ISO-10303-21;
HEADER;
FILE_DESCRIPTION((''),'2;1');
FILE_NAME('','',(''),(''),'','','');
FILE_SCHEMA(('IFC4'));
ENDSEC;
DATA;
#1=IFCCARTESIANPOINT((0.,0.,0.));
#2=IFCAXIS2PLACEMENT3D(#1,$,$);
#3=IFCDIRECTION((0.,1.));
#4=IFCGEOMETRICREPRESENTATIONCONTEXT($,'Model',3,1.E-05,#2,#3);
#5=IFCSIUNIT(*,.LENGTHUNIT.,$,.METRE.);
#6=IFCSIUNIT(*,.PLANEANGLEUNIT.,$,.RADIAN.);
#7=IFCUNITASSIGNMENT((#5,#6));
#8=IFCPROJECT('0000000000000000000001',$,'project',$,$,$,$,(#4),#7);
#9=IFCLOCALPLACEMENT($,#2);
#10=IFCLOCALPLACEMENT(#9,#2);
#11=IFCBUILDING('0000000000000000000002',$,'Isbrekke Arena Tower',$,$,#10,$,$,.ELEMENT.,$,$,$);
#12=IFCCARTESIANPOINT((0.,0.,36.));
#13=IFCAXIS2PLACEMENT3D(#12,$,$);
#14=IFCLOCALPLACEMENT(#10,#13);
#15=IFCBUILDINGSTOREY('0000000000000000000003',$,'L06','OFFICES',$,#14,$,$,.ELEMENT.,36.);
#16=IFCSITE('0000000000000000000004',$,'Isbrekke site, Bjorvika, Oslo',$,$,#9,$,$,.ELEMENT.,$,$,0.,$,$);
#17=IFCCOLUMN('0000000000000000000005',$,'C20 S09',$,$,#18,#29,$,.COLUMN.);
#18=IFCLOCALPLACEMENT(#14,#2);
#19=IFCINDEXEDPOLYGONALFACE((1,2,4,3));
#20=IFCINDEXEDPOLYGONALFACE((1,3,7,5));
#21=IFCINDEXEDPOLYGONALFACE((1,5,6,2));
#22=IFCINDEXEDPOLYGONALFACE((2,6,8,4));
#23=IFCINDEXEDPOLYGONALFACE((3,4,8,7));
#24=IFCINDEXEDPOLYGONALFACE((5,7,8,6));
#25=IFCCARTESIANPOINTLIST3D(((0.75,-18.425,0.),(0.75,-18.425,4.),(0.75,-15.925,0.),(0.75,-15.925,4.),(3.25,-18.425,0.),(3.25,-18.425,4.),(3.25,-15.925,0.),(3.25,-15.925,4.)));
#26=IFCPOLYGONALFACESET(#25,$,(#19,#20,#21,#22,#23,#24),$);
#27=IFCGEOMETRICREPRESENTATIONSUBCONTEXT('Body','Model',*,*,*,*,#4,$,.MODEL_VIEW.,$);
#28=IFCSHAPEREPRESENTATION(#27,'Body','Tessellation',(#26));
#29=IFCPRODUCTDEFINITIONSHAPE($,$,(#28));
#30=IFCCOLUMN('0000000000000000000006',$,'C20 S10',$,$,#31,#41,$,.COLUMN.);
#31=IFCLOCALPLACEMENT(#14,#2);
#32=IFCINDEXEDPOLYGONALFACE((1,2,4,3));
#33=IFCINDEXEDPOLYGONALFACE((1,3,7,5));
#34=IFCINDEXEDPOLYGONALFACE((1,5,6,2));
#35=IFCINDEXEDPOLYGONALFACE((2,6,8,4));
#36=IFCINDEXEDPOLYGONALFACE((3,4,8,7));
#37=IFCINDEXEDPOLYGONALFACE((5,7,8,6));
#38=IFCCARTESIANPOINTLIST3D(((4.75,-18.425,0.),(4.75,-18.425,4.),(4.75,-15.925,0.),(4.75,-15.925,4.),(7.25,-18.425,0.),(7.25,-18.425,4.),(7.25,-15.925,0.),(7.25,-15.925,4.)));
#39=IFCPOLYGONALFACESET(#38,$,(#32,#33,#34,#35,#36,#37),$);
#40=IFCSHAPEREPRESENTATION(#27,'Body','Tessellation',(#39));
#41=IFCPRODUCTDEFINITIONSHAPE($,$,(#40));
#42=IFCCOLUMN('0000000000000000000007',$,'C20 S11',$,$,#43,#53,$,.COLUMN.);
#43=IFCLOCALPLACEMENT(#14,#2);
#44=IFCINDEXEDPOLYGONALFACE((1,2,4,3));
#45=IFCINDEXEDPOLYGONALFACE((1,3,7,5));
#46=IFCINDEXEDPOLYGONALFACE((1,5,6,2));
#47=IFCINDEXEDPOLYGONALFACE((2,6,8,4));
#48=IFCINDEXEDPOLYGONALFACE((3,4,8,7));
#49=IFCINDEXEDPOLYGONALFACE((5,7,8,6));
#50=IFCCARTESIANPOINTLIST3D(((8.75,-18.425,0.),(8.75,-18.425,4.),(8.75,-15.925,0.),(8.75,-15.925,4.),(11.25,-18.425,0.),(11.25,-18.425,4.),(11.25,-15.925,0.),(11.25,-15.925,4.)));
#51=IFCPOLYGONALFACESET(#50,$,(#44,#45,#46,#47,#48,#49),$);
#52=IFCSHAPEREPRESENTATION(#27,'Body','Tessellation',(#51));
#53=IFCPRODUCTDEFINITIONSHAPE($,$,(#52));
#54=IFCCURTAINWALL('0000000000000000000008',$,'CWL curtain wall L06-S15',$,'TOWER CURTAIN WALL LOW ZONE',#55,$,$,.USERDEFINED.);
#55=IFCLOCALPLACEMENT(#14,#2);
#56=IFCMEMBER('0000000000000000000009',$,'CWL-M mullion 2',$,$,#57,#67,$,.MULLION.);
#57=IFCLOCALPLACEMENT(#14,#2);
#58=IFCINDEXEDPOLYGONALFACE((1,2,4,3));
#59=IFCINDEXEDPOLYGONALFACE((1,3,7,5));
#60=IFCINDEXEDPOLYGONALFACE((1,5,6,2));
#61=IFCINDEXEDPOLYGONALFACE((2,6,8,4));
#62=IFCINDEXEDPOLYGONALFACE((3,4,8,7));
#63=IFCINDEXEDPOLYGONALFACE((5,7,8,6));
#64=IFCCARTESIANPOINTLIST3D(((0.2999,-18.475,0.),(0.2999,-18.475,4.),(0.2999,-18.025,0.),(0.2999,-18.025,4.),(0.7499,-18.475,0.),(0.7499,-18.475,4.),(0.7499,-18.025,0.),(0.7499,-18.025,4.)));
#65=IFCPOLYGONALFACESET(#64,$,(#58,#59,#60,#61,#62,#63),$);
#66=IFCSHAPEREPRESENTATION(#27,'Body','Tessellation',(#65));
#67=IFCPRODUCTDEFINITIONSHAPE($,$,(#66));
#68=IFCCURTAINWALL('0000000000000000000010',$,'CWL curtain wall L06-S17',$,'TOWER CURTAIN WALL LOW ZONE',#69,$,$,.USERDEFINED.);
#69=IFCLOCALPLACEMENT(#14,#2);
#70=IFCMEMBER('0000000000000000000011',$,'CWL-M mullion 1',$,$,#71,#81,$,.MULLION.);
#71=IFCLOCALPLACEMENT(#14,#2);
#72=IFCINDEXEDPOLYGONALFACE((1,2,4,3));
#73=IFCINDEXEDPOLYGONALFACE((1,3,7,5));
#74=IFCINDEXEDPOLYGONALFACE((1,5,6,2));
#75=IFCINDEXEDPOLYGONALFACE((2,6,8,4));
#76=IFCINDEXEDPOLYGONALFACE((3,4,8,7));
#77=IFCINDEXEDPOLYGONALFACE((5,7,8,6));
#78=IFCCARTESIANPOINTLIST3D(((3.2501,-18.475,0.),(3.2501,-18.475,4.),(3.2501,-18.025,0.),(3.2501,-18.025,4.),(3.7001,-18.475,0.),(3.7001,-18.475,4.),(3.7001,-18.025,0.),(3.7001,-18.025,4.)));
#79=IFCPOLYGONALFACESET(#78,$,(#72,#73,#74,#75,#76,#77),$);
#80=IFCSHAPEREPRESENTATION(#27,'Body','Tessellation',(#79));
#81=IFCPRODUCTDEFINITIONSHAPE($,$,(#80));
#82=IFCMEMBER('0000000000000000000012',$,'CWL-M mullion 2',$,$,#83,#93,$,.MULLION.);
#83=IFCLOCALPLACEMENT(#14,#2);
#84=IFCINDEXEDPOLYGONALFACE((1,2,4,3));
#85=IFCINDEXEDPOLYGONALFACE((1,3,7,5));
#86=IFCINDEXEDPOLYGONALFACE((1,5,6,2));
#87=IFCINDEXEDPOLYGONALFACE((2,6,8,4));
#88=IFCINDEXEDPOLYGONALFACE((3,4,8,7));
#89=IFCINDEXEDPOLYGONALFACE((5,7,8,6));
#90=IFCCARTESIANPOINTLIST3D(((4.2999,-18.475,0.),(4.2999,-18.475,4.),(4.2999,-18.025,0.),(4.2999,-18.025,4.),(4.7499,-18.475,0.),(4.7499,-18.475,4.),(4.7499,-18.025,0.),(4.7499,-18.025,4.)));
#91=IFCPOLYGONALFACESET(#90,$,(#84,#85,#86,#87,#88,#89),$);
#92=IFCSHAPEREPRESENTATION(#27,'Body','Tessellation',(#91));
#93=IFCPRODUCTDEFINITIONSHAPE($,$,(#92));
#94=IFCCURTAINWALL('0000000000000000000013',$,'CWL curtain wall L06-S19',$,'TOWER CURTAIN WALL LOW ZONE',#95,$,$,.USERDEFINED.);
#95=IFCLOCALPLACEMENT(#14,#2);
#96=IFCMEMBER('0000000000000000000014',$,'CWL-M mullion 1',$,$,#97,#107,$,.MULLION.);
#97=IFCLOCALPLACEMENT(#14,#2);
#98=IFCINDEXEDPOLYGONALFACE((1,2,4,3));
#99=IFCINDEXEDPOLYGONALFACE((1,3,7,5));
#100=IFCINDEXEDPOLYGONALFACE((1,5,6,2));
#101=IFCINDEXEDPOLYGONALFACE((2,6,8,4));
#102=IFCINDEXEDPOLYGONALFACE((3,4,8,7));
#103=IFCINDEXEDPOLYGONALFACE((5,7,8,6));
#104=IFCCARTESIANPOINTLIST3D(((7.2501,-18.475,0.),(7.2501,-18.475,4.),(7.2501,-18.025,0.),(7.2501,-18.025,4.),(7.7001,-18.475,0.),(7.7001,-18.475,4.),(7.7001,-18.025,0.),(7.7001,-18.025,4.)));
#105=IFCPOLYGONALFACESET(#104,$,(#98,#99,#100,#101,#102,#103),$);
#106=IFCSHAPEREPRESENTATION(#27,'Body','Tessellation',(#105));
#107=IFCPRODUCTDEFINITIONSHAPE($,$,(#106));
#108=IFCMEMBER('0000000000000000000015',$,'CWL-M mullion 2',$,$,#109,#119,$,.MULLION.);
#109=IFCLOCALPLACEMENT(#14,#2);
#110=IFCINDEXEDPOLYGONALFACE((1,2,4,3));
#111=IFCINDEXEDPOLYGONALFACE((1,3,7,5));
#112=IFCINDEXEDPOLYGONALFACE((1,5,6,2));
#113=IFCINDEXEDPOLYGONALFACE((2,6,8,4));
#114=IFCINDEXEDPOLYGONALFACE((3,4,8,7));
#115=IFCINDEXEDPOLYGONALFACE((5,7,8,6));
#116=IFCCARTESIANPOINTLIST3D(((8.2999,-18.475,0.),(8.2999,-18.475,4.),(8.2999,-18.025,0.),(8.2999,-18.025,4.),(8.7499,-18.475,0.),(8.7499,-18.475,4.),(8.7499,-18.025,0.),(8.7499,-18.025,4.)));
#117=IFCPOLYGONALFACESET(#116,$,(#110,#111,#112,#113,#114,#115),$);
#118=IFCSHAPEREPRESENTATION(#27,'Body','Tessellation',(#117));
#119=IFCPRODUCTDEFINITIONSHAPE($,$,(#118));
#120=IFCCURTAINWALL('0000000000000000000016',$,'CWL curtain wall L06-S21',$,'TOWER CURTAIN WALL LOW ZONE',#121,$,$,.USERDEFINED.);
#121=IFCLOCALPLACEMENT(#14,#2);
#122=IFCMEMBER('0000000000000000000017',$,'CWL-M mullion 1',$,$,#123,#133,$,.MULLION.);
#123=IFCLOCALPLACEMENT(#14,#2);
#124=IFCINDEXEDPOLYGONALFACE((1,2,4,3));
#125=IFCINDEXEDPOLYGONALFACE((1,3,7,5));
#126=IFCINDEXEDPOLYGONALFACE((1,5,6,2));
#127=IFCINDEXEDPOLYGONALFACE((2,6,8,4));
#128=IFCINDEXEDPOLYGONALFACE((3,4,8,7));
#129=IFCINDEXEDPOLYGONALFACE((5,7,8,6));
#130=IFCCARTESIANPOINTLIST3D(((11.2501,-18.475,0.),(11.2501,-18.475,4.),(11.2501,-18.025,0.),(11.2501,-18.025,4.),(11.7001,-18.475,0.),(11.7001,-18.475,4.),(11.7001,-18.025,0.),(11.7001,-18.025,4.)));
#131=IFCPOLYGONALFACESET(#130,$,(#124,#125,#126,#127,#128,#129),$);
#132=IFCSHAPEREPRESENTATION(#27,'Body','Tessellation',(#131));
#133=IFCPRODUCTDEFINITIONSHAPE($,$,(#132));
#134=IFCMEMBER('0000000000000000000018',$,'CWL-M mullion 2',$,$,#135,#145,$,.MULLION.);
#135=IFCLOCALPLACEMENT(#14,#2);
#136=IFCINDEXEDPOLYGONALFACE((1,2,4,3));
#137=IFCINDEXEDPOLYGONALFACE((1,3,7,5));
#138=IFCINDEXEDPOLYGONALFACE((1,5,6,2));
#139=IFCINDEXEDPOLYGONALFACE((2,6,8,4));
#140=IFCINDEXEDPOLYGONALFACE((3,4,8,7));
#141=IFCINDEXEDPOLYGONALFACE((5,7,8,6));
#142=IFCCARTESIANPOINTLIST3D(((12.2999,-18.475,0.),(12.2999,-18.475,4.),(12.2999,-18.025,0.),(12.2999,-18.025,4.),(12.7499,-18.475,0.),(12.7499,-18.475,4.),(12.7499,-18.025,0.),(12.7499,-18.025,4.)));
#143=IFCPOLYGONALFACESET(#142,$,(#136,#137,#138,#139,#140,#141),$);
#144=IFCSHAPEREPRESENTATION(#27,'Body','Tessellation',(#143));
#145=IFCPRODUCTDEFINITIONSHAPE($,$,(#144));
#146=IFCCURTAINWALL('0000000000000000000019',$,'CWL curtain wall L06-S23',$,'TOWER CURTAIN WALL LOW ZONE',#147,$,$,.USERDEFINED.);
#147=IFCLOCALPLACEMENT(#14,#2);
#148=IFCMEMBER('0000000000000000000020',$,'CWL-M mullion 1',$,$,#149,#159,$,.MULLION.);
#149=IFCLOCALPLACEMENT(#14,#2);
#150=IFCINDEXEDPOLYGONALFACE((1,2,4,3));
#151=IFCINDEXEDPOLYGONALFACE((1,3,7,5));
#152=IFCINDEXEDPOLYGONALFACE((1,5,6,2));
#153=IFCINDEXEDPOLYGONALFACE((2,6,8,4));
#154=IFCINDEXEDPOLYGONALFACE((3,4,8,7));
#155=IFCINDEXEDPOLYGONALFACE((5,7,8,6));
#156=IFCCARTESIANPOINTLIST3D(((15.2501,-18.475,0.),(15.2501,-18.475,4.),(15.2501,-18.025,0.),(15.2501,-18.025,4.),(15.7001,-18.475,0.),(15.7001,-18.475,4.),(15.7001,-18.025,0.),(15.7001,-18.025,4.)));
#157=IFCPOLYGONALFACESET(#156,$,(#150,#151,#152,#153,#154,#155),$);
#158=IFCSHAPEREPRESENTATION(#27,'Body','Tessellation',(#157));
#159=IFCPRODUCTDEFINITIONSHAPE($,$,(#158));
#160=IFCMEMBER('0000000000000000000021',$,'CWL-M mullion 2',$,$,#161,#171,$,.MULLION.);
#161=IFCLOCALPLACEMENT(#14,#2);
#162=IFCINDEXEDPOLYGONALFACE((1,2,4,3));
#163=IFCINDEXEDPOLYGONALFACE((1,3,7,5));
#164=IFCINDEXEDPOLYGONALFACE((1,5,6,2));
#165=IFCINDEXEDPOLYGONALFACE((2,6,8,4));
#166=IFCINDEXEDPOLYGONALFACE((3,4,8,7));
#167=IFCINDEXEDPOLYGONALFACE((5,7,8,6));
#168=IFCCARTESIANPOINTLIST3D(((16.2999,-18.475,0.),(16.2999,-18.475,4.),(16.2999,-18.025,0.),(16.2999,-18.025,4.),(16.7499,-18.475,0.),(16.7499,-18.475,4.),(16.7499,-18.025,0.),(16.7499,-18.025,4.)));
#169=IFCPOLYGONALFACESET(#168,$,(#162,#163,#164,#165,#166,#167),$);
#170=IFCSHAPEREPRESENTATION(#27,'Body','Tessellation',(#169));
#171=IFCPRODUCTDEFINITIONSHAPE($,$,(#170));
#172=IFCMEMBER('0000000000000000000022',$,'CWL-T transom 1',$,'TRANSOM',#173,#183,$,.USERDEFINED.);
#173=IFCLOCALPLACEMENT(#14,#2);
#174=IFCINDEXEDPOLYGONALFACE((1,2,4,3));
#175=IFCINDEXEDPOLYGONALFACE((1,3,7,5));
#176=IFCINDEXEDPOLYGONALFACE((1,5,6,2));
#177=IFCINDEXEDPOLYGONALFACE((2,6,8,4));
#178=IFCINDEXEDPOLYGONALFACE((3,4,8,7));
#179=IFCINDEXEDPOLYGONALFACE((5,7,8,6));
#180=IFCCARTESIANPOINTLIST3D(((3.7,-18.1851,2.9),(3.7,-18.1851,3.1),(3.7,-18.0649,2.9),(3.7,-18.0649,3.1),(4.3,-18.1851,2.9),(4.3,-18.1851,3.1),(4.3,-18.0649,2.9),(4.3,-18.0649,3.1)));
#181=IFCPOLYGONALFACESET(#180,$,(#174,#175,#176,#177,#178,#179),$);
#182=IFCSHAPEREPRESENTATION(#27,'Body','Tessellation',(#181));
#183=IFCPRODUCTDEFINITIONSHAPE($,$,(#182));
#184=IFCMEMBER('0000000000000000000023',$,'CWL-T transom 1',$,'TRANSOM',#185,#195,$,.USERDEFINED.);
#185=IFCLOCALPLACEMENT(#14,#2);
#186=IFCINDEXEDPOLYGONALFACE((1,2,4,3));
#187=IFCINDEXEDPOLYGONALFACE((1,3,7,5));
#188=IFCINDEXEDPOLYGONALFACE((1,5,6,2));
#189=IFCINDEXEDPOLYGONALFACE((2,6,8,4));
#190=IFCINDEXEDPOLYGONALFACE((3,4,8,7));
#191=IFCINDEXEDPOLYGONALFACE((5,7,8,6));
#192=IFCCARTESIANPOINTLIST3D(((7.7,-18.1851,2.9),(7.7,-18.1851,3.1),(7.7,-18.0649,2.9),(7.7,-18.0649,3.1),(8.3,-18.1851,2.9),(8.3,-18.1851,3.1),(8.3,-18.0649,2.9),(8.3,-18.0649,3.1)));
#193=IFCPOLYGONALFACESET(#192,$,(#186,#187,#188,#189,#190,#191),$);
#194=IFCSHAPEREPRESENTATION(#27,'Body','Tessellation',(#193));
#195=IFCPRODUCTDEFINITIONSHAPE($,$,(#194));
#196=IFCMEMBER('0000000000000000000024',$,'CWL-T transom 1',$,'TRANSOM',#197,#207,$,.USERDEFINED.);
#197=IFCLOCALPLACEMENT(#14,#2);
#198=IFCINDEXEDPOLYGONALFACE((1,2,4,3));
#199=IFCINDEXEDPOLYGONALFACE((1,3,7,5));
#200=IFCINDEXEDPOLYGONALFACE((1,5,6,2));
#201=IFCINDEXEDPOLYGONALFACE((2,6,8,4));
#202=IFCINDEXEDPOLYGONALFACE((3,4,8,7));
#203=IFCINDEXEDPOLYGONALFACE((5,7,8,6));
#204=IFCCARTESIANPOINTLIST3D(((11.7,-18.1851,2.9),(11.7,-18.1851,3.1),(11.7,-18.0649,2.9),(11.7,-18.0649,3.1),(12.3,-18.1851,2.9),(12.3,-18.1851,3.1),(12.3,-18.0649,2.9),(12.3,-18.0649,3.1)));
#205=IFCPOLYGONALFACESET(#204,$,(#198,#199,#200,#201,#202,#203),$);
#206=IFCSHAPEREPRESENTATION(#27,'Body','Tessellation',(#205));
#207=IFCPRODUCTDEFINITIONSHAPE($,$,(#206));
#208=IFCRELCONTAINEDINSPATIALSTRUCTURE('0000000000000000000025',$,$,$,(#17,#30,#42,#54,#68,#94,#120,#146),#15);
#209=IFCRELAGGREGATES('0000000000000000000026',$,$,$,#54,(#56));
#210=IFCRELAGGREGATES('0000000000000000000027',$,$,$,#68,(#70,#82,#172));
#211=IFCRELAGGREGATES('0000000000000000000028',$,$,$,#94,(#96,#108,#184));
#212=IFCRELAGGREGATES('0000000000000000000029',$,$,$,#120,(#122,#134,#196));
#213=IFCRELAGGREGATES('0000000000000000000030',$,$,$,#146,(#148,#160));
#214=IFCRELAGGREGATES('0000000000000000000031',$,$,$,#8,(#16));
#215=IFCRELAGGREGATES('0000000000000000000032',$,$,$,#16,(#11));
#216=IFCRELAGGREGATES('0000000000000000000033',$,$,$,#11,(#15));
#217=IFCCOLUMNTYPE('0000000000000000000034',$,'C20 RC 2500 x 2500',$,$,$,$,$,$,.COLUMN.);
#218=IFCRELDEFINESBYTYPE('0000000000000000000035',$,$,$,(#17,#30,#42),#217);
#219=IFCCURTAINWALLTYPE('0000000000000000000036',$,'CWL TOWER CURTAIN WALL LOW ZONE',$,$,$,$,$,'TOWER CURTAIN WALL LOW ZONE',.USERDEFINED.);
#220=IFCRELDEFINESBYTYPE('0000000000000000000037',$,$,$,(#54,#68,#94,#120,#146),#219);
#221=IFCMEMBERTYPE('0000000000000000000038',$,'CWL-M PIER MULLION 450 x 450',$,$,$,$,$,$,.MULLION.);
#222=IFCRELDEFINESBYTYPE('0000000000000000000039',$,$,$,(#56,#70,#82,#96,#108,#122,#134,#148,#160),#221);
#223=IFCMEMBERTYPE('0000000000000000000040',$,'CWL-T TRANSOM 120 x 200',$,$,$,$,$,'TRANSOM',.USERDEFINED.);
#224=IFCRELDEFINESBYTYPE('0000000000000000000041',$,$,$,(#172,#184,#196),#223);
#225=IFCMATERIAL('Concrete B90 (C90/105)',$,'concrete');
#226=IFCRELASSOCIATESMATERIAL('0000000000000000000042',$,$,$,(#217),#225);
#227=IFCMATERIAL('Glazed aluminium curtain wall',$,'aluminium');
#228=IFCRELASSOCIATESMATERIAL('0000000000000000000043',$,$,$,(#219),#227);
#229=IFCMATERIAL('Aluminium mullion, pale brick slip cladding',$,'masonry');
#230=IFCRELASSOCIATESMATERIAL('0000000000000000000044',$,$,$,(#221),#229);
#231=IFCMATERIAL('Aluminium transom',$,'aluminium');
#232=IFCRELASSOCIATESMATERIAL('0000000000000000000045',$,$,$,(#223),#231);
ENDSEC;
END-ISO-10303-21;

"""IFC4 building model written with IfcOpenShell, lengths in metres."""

from ifc_helpers import new_model, si_unit, direction, frame, origin, origin_2d, place, context, subcontext, project, spatial, rectangle, extrude, material, material_profile, profile_set, type_object, element, aggregate, save


model = new_model("IFC4")

# Units and contexts
model_context = context("Model", 3, precision=1e-05, world=origin(), true_north=direction((0.0, 1.0)))
body_context = subcontext(model_context, "Body", "Model", "MODEL_VIEW")
ifc_project = project(units=[si_unit("LENGTHUNIT", "METRE"), si_unit("PLANEANGLEUNIT", "RADIAN")], contexts=[model_context])

# Site, building, storey
site_placement = place(None, origin())
site = spatial("IfcSite", under=ifc_project, at=site_placement, Name="Isbrekke site, Bjorvika, Oslo", CompositionType="ELEMENT", RefElevation=0.0)
building_placement = place(site_placement, origin())
building = spatial("IfcBuilding", under=site, at=building_placement, Name="Isbrekke Arena Tower", CompositionType="ELEMENT")
storey_placement = place(building_placement, frame((0.0, 0.0, 36.0)))
storey = spatial("IfcBuildingStorey", under=building, at=storey_placement, Name="L06", Description="OFFICES", CompositionType="ELEMENT", Elevation=36.0)

# Columns
ifc_material_1 = material(Name="Concrete B90 (C90/105)", Category="concrete")
ifc_material_profile_1 = material_profile(ifc_material_1, rectangle(XDim=2.5, YDim=2.5, at=origin_2d()), Name="RC 2500x2500")
ifc_profile_set_1 = profile_set([ifc_material_profile_1], Name="Concrete B90 (C90/105)")
column_type = type_object("IfcColumnType", Name="C20 RC 2500 x 2500", PredefinedType="COLUMN", material=ifc_profile_set_1)
for number, where, z_axis, x_axis, name in (
    (1, (2.0, -17.175, 0.0), (0.0, 0.0, 1.0), (1.0, 0.0, 0.0), "C20 S09"),
    (2, (6.0, -17.175, 0.0), (0.0, 0.0, 1.0), (1.0, 0.0, 0.0), "C20 S10"),
    (3, (10.0, -17.175, 0.0), (0.0, 0.0, 1.0), (1.0, 0.0, 0.0), "C20 S11"),
):
    element("IfcColumn", number, at=place(storey_placement, frame(where, z_axis=z_axis, x_axis=x_axis)), inside=storey, type_object=column_type, Name=name, PredefinedType="COLUMN", context=body_context, shape_type="SweptSolid", body=[
        extrude(rectangle(XDim=2.5, YDim=2.5, at=origin_2d()), origin(), (0.0, 0.0, 1.0), 4.0),
    ])

# Curtain wall, member
ifc_material_2 = material(Name="Glazed aluminium curtain wall", Category="aluminium")
curtain_wall_type = type_object("IfcCurtainWallType", Name="CWL TOWER CURTAIN WALL LOW ZONE", ElementType="TOWER CURTAIN WALL LOW ZONE", PredefinedType="USERDEFINED", material=ifc_material_2)
curtain_wall_1_placement = place(storey_placement, origin())
curtain_wall_1 = element("IfcCurtainWall", 4, at=curtain_wall_1_placement, inside=storey, type_object=curtain_wall_type, Name="CWL curtain wall L06-S15", ObjectType="TOWER CURTAIN WALL LOW ZONE", PredefinedType="USERDEFINED")
ifc_material_3 = material(Name="Aluminium mullion, pale brick slip cladding", Category="masonry")
ifc_material_profile_2 = material_profile(ifc_material_3, rectangle(XDim=0.45, YDim=0.45, at=origin_2d()), Name="PIER 450X450")
ifc_profile_set_2 = profile_set([ifc_material_profile_2], Name="Aluminium mullion, pale brick slip cladding")
member_type_1 = type_object("IfcMemberType", Name="CWL-M PIER MULLION 450 x 450", PredefinedType="MULLION", material=ifc_profile_set_2)
member_1_placement = place(storey_placement, frame((0.5249, -18.25, 0.0), z_axis=(0.0, 0.0, 1.0), x_axis=(1.0, 0.0, 0.0)))
member_1 = element("IfcMember", 5, at=member_1_placement, type_object=member_type_1, Name="CWL-M mullion 2", PredefinedType="MULLION", context=body_context, shape_type="SweptSolid", body=[
    extrude(rectangle(XDim=0.45, YDim=0.45, at=origin_2d()), origin(), (0.0, 0.0, 1.0), 4.0),
])

# Curtain walls, members
curtain_wall_2_placement = place(storey_placement, origin())
curtain_wall_2 = element("IfcCurtainWall", 6, at=curtain_wall_2_placement, inside=storey, type_object=curtain_wall_type, Name="CWL curtain wall L06-S17", ObjectType="TOWER CURTAIN WALL LOW ZONE", PredefinedType="USERDEFINED")
member_2_placement = place(storey_placement, frame((3.4751, -18.25, 0.0), z_axis=(0.0, 0.0, 1.0), x_axis=(1.0, 0.0, 0.0)))
member_2 = element("IfcMember", 7, at=member_2_placement, type_object=member_type_1, Name="CWL-M mullion 1", PredefinedType="MULLION", context=body_context, shape_type="SweptSolid", body=[
    extrude(rectangle(XDim=0.45, YDim=0.45, at=origin_2d()), origin(), (0.0, 0.0, 1.0), 4.0),
])
member_3_placement = place(storey_placement, frame((4.5249, -18.25, 0.0), z_axis=(0.0, 0.0, 1.0), x_axis=(1.0, 0.0, 0.0)))
member_3 = element("IfcMember", 8, at=member_3_placement, type_object=member_type_1, Name="CWL-M mullion 2", PredefinedType="MULLION", context=body_context, shape_type="SweptSolid", body=[
    extrude(rectangle(XDim=0.45, YDim=0.45, at=origin_2d()), origin(), (0.0, 0.0, 1.0), 4.0),
])
curtain_wall_3_placement = place(storey_placement, origin())
curtain_wall_3 = element("IfcCurtainWall", 9, at=curtain_wall_3_placement, inside=storey, type_object=curtain_wall_type, Name="CWL curtain wall L06-S19", ObjectType="TOWER CURTAIN WALL LOW ZONE", PredefinedType="USERDEFINED")
member_4_placement = place(storey_placement, frame((7.4751, -18.25, 0.0), z_axis=(0.0, 0.0, 1.0), x_axis=(1.0, 0.0, 0.0)))
member_4 = element("IfcMember", 10, at=member_4_placement, type_object=member_type_1, Name="CWL-M mullion 1", PredefinedType="MULLION", context=body_context, shape_type="SweptSolid", body=[
    extrude(rectangle(XDim=0.45, YDim=0.45, at=origin_2d()), origin(), (0.0, 0.0, 1.0), 4.0),
])
member_5_placement = place(storey_placement, frame((8.5249, -18.25, 0.0), z_axis=(0.0, 0.0, 1.0), x_axis=(1.0, 0.0, 0.0)))
member_5 = element("IfcMember", 11, at=member_5_placement, type_object=member_type_1, Name="CWL-M mullion 2", PredefinedType="MULLION", context=body_context, shape_type="SweptSolid", body=[
    extrude(rectangle(XDim=0.45, YDim=0.45, at=origin_2d()), origin(), (0.0, 0.0, 1.0), 4.0),
])
curtain_wall_4_placement = place(storey_placement, origin())
curtain_wall_4 = element("IfcCurtainWall", 12, at=curtain_wall_4_placement, inside=storey, type_object=curtain_wall_type, Name="CWL curtain wall L06-S21", ObjectType="TOWER CURTAIN WALL LOW ZONE", PredefinedType="USERDEFINED")
member_6_placement = place(storey_placement, frame((11.4751, -18.25, 0.0), z_axis=(0.0, 0.0, 1.0), x_axis=(1.0, 0.0, 0.0)))
member_6 = element("IfcMember", 13, at=member_6_placement, type_object=member_type_1, Name="CWL-M mullion 1", PredefinedType="MULLION", context=body_context, shape_type="SweptSolid", body=[
    extrude(rectangle(XDim=0.45, YDim=0.45, at=origin_2d()), origin(), (0.0, 0.0, 1.0), 4.0),
])
member_7_placement = place(storey_placement, frame((12.5249, -18.25, 0.0), z_axis=(0.0, 0.0, 1.0), x_axis=(1.0, 0.0, 0.0)))
member_7 = element("IfcMember", 14, at=member_7_placement, type_object=member_type_1, Name="CWL-M mullion 2", PredefinedType="MULLION", context=body_context, shape_type="SweptSolid", body=[
    extrude(rectangle(XDim=0.45, YDim=0.45, at=origin_2d()), origin(), (0.0, 0.0, 1.0), 4.0),
])
curtain_wall_5_placement = place(storey_placement, origin())
curtain_wall_5 = element("IfcCurtainWall", 15, at=curtain_wall_5_placement, inside=storey, type_object=curtain_wall_type, Name="CWL curtain wall L06-S23", ObjectType="TOWER CURTAIN WALL LOW ZONE", PredefinedType="USERDEFINED")
member_8_placement = place(storey_placement, frame((15.4751, -18.25, 0.0), z_axis=(0.0, 0.0, 1.0), x_axis=(1.0, 0.0, 0.0)))
member_8 = element("IfcMember", 16, at=member_8_placement, type_object=member_type_1, Name="CWL-M mullion 1", PredefinedType="MULLION", context=body_context, shape_type="SweptSolid", body=[
    extrude(rectangle(XDim=0.45, YDim=0.45, at=origin_2d()), origin(), (0.0, 0.0, 1.0), 4.0),
])
member_9_placement = place(storey_placement, frame((16.5249, -18.25, 0.0), z_axis=(0.0, 0.0, 1.0), x_axis=(1.0, 0.0, 0.0)))
member_9 = element("IfcMember", 17, at=member_9_placement, type_object=member_type_1, Name="CWL-M mullion 2", PredefinedType="MULLION", context=body_context, shape_type="SweptSolid", body=[
    extrude(rectangle(XDim=0.45, YDim=0.45, at=origin_2d()), origin(), (0.0, 0.0, 1.0), 4.0),
])

# Members
ifc_material_4 = material(Name="Aluminium transom", Category="aluminium")
ifc_material_profile_3 = material_profile(ifc_material_4, rectangle(XDim=0.1201, YDim=0.2, at=origin_2d()), Name="TRANSOM 120X200")
ifc_profile_set_3 = profile_set([ifc_material_profile_3], Name="Aluminium transom")
member_type_2 = type_object("IfcMemberType", Name="CWL-T TRANSOM 120 x 200", ElementType="TRANSOM", PredefinedType="USERDEFINED", material=ifc_profile_set_3)
member_10_placement = place(storey_placement, frame((3.7, -18.125, 3.0), z_axis=(1.0, 0.0, 0.0), x_axis=(0.0, 1.0, 0.0)))
member_10 = element("IfcMember", 18, at=member_10_placement, type_object=member_type_2, Name="CWL-T transom 1", ObjectType="TRANSOM", PredefinedType="USERDEFINED", context=body_context, shape_type="SweptSolid", body=[
    extrude(rectangle(XDim=0.1201, YDim=0.2, at=origin_2d()), origin(), (0.0, 0.0, 1.0), 0.6001),
])
member_11_placement = place(storey_placement, frame((7.7, -18.125, 3.0), z_axis=(1.0, 0.0, 0.0), x_axis=(0.0, 1.0, 0.0)))
member_11 = element("IfcMember", 19, at=member_11_placement, type_object=member_type_2, Name="CWL-T transom 1", ObjectType="TRANSOM", PredefinedType="USERDEFINED", context=body_context, shape_type="SweptSolid", body=[
    extrude(rectangle(XDim=0.1201, YDim=0.2, at=origin_2d()), origin(), (0.0, 0.0, 1.0), 0.6001),
])
member_12_placement = place(storey_placement, frame((11.7, -18.125, 3.0), z_axis=(1.0, 0.0, 0.0), x_axis=(0.0, 1.0, 0.0)))
member_12 = element("IfcMember", 20, at=member_12_placement, type_object=member_type_2, Name="CWL-T transom 1", ObjectType="TRANSOM", PredefinedType="USERDEFINED", context=body_context, shape_type="SweptSolid", body=[
    extrude(rectangle(XDim=0.1201, YDim=0.2, at=origin_2d()), origin(), (0.0, 0.0, 1.0), 0.6001),
])

aggregate(curtain_wall_1, [member_1])
aggregate(curtain_wall_2, [member_2, member_3, member_10])
aggregate(curtain_wall_3, [member_4, member_5, member_11])
aggregate(curtain_wall_4, [member_6, member_7, member_12])
aggregate(curtain_wall_5, [member_8, member_9])

save(model, "model.ifc")
